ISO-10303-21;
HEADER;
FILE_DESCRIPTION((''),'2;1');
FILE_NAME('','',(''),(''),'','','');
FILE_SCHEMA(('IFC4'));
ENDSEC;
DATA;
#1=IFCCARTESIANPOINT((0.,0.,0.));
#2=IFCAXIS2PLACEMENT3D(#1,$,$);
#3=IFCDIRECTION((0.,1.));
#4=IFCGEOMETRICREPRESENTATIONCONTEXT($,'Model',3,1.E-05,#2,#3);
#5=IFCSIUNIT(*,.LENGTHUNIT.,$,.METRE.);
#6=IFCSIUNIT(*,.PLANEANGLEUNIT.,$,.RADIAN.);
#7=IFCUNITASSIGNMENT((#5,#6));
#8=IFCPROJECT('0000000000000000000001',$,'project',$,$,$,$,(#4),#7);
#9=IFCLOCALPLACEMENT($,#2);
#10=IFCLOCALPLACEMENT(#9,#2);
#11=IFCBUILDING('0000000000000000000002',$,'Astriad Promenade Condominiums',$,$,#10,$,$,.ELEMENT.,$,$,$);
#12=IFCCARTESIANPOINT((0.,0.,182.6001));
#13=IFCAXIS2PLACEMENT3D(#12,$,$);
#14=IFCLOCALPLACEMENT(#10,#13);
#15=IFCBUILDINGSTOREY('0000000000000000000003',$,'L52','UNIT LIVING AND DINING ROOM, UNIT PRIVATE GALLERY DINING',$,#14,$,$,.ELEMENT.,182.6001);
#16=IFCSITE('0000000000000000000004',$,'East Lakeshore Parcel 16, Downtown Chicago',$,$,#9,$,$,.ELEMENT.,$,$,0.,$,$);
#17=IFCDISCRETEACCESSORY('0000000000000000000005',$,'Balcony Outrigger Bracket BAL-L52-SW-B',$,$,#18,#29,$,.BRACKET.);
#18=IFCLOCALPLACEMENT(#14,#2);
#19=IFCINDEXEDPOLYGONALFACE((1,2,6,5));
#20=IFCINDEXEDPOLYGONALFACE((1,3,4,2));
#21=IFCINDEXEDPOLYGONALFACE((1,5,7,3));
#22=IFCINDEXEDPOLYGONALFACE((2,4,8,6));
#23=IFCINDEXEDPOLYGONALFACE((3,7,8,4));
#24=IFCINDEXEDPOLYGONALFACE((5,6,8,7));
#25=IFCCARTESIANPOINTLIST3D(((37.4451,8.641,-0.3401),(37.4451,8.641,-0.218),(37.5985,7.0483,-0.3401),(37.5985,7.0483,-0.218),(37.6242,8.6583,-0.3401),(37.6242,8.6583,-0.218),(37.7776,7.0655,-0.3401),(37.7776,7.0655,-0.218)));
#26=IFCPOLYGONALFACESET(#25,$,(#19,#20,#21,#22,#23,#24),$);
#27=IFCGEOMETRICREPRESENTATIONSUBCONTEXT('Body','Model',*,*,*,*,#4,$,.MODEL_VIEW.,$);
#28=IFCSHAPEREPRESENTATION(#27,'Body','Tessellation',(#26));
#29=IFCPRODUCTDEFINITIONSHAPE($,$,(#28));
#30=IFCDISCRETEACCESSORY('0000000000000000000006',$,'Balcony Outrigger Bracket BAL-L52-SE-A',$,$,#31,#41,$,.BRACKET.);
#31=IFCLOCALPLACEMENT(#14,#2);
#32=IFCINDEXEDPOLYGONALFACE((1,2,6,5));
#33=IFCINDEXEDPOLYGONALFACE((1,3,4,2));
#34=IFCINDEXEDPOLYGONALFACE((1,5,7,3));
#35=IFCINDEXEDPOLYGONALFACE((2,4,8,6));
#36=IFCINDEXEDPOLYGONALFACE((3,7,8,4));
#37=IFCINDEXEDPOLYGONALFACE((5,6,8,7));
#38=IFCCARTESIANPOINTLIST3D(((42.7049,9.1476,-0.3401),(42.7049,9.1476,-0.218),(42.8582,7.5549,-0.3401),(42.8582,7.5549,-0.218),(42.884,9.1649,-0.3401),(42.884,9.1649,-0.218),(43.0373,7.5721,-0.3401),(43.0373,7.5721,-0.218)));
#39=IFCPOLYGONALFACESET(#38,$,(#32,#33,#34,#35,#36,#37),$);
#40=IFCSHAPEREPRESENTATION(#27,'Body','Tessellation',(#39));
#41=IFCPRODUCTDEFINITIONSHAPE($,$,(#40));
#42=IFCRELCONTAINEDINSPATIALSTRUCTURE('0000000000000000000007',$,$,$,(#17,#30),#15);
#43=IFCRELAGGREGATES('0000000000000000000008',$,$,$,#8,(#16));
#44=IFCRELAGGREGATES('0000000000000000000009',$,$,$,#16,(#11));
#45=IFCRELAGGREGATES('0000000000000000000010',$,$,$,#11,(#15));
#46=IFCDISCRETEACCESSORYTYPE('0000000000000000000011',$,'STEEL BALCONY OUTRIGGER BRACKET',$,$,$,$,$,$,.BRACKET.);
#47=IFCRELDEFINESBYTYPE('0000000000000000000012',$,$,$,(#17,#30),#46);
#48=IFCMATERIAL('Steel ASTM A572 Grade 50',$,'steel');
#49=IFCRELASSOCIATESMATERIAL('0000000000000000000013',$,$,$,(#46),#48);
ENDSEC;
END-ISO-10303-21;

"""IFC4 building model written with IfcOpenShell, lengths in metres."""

from ifc_helpers import new_model, si_unit, direction, frame, origin, origin_2d, place, context, subcontext, project, spatial, rectangle, extrude, source, transform, mapped, material, type_object, type_shapes, element, save


model = new_model("IFC4")

# Units and contexts
model_context = context("Model", 3, precision=1e-05, world=origin(), true_north=direction((0.0, 1.0)))
body_context = subcontext(model_context, "Body", "Model", "MODEL_VIEW")
ifc_project = project(units=[si_unit("LENGTHUNIT", "METRE"), si_unit("PLANEANGLEUNIT", "RADIAN")], contexts=[model_context])

# Site, building, storey
site_placement = place(None, origin())
site = spatial("IfcSite", under=ifc_project, at=site_placement, Name="East Lakeshore Parcel 16, Downtown Chicago", CompositionType="ELEMENT", RefElevation=0.0)
building_placement = place(site_placement, origin())
building = spatial("IfcBuilding", under=site, at=building_placement, Name="Astriad Promenade Condominiums", CompositionType="ELEMENT")
storey_placement = place(building_placement, frame((0.0, 0.0, 182.6001)))
storey = spatial("IfcBuildingStorey", under=building, at=storey_placement, Name="L52", Description="UNIT LIVING AND DINING ROOM, UNIT PRIVATE GALLERY DINING", CompositionType="ELEMENT", Elevation=182.6001)

# Discrete accessories
ifc_material_1 = material(Name="Steel ASTM A572 Grade 50", Category="steel")
discrete_accessory_type = type_object("IfcDiscreteAccessoryType", Name="STEEL BALCONY OUTRIGGER BRACKET", PredefinedType="BRACKET", material=ifc_material_1)
shared_shape_1 = source(origin(), body_context, "Body", "SweptSolid", [
    extrude(rectangle(XDim=1.6001, YDim=0.1799, at=origin_2d()), origin(), (0.0, 0.0, 1.0), 0.1221),
])
type_shapes(discrete_accessory_type, [shared_shape_1])
for number, where, z_axis, x_axis, name in (
    (1, (37.6113, 7.8533, -0.3401), (0.0, 0.0, 1.0), (0.095846, -0.995396, 0.0), "Balcony Outrigger Bracket BAL-L52-SW-B"),
    (2, (42.8711, 8.3599, -0.3401), (0.0, 0.0, 1.0), (0.095846, -0.995396, 0.0), "Balcony Outrigger Bracket BAL-L52-SE-A"),
):
    element("IfcDiscreteAccessory", number, at=place(storey_placement, frame(where, z_axis=z_axis, x_axis=x_axis)), inside=storey, type_object=discrete_accessory_type, Name=name, PredefinedType="BRACKET", context=body_context, shape_type="MappedRepresentation", body=[
        mapped(shared_shape_1, transform((0.0, 0.0, 0.0), scale=1.0)),
    ])

save(model, "model.ifc")
